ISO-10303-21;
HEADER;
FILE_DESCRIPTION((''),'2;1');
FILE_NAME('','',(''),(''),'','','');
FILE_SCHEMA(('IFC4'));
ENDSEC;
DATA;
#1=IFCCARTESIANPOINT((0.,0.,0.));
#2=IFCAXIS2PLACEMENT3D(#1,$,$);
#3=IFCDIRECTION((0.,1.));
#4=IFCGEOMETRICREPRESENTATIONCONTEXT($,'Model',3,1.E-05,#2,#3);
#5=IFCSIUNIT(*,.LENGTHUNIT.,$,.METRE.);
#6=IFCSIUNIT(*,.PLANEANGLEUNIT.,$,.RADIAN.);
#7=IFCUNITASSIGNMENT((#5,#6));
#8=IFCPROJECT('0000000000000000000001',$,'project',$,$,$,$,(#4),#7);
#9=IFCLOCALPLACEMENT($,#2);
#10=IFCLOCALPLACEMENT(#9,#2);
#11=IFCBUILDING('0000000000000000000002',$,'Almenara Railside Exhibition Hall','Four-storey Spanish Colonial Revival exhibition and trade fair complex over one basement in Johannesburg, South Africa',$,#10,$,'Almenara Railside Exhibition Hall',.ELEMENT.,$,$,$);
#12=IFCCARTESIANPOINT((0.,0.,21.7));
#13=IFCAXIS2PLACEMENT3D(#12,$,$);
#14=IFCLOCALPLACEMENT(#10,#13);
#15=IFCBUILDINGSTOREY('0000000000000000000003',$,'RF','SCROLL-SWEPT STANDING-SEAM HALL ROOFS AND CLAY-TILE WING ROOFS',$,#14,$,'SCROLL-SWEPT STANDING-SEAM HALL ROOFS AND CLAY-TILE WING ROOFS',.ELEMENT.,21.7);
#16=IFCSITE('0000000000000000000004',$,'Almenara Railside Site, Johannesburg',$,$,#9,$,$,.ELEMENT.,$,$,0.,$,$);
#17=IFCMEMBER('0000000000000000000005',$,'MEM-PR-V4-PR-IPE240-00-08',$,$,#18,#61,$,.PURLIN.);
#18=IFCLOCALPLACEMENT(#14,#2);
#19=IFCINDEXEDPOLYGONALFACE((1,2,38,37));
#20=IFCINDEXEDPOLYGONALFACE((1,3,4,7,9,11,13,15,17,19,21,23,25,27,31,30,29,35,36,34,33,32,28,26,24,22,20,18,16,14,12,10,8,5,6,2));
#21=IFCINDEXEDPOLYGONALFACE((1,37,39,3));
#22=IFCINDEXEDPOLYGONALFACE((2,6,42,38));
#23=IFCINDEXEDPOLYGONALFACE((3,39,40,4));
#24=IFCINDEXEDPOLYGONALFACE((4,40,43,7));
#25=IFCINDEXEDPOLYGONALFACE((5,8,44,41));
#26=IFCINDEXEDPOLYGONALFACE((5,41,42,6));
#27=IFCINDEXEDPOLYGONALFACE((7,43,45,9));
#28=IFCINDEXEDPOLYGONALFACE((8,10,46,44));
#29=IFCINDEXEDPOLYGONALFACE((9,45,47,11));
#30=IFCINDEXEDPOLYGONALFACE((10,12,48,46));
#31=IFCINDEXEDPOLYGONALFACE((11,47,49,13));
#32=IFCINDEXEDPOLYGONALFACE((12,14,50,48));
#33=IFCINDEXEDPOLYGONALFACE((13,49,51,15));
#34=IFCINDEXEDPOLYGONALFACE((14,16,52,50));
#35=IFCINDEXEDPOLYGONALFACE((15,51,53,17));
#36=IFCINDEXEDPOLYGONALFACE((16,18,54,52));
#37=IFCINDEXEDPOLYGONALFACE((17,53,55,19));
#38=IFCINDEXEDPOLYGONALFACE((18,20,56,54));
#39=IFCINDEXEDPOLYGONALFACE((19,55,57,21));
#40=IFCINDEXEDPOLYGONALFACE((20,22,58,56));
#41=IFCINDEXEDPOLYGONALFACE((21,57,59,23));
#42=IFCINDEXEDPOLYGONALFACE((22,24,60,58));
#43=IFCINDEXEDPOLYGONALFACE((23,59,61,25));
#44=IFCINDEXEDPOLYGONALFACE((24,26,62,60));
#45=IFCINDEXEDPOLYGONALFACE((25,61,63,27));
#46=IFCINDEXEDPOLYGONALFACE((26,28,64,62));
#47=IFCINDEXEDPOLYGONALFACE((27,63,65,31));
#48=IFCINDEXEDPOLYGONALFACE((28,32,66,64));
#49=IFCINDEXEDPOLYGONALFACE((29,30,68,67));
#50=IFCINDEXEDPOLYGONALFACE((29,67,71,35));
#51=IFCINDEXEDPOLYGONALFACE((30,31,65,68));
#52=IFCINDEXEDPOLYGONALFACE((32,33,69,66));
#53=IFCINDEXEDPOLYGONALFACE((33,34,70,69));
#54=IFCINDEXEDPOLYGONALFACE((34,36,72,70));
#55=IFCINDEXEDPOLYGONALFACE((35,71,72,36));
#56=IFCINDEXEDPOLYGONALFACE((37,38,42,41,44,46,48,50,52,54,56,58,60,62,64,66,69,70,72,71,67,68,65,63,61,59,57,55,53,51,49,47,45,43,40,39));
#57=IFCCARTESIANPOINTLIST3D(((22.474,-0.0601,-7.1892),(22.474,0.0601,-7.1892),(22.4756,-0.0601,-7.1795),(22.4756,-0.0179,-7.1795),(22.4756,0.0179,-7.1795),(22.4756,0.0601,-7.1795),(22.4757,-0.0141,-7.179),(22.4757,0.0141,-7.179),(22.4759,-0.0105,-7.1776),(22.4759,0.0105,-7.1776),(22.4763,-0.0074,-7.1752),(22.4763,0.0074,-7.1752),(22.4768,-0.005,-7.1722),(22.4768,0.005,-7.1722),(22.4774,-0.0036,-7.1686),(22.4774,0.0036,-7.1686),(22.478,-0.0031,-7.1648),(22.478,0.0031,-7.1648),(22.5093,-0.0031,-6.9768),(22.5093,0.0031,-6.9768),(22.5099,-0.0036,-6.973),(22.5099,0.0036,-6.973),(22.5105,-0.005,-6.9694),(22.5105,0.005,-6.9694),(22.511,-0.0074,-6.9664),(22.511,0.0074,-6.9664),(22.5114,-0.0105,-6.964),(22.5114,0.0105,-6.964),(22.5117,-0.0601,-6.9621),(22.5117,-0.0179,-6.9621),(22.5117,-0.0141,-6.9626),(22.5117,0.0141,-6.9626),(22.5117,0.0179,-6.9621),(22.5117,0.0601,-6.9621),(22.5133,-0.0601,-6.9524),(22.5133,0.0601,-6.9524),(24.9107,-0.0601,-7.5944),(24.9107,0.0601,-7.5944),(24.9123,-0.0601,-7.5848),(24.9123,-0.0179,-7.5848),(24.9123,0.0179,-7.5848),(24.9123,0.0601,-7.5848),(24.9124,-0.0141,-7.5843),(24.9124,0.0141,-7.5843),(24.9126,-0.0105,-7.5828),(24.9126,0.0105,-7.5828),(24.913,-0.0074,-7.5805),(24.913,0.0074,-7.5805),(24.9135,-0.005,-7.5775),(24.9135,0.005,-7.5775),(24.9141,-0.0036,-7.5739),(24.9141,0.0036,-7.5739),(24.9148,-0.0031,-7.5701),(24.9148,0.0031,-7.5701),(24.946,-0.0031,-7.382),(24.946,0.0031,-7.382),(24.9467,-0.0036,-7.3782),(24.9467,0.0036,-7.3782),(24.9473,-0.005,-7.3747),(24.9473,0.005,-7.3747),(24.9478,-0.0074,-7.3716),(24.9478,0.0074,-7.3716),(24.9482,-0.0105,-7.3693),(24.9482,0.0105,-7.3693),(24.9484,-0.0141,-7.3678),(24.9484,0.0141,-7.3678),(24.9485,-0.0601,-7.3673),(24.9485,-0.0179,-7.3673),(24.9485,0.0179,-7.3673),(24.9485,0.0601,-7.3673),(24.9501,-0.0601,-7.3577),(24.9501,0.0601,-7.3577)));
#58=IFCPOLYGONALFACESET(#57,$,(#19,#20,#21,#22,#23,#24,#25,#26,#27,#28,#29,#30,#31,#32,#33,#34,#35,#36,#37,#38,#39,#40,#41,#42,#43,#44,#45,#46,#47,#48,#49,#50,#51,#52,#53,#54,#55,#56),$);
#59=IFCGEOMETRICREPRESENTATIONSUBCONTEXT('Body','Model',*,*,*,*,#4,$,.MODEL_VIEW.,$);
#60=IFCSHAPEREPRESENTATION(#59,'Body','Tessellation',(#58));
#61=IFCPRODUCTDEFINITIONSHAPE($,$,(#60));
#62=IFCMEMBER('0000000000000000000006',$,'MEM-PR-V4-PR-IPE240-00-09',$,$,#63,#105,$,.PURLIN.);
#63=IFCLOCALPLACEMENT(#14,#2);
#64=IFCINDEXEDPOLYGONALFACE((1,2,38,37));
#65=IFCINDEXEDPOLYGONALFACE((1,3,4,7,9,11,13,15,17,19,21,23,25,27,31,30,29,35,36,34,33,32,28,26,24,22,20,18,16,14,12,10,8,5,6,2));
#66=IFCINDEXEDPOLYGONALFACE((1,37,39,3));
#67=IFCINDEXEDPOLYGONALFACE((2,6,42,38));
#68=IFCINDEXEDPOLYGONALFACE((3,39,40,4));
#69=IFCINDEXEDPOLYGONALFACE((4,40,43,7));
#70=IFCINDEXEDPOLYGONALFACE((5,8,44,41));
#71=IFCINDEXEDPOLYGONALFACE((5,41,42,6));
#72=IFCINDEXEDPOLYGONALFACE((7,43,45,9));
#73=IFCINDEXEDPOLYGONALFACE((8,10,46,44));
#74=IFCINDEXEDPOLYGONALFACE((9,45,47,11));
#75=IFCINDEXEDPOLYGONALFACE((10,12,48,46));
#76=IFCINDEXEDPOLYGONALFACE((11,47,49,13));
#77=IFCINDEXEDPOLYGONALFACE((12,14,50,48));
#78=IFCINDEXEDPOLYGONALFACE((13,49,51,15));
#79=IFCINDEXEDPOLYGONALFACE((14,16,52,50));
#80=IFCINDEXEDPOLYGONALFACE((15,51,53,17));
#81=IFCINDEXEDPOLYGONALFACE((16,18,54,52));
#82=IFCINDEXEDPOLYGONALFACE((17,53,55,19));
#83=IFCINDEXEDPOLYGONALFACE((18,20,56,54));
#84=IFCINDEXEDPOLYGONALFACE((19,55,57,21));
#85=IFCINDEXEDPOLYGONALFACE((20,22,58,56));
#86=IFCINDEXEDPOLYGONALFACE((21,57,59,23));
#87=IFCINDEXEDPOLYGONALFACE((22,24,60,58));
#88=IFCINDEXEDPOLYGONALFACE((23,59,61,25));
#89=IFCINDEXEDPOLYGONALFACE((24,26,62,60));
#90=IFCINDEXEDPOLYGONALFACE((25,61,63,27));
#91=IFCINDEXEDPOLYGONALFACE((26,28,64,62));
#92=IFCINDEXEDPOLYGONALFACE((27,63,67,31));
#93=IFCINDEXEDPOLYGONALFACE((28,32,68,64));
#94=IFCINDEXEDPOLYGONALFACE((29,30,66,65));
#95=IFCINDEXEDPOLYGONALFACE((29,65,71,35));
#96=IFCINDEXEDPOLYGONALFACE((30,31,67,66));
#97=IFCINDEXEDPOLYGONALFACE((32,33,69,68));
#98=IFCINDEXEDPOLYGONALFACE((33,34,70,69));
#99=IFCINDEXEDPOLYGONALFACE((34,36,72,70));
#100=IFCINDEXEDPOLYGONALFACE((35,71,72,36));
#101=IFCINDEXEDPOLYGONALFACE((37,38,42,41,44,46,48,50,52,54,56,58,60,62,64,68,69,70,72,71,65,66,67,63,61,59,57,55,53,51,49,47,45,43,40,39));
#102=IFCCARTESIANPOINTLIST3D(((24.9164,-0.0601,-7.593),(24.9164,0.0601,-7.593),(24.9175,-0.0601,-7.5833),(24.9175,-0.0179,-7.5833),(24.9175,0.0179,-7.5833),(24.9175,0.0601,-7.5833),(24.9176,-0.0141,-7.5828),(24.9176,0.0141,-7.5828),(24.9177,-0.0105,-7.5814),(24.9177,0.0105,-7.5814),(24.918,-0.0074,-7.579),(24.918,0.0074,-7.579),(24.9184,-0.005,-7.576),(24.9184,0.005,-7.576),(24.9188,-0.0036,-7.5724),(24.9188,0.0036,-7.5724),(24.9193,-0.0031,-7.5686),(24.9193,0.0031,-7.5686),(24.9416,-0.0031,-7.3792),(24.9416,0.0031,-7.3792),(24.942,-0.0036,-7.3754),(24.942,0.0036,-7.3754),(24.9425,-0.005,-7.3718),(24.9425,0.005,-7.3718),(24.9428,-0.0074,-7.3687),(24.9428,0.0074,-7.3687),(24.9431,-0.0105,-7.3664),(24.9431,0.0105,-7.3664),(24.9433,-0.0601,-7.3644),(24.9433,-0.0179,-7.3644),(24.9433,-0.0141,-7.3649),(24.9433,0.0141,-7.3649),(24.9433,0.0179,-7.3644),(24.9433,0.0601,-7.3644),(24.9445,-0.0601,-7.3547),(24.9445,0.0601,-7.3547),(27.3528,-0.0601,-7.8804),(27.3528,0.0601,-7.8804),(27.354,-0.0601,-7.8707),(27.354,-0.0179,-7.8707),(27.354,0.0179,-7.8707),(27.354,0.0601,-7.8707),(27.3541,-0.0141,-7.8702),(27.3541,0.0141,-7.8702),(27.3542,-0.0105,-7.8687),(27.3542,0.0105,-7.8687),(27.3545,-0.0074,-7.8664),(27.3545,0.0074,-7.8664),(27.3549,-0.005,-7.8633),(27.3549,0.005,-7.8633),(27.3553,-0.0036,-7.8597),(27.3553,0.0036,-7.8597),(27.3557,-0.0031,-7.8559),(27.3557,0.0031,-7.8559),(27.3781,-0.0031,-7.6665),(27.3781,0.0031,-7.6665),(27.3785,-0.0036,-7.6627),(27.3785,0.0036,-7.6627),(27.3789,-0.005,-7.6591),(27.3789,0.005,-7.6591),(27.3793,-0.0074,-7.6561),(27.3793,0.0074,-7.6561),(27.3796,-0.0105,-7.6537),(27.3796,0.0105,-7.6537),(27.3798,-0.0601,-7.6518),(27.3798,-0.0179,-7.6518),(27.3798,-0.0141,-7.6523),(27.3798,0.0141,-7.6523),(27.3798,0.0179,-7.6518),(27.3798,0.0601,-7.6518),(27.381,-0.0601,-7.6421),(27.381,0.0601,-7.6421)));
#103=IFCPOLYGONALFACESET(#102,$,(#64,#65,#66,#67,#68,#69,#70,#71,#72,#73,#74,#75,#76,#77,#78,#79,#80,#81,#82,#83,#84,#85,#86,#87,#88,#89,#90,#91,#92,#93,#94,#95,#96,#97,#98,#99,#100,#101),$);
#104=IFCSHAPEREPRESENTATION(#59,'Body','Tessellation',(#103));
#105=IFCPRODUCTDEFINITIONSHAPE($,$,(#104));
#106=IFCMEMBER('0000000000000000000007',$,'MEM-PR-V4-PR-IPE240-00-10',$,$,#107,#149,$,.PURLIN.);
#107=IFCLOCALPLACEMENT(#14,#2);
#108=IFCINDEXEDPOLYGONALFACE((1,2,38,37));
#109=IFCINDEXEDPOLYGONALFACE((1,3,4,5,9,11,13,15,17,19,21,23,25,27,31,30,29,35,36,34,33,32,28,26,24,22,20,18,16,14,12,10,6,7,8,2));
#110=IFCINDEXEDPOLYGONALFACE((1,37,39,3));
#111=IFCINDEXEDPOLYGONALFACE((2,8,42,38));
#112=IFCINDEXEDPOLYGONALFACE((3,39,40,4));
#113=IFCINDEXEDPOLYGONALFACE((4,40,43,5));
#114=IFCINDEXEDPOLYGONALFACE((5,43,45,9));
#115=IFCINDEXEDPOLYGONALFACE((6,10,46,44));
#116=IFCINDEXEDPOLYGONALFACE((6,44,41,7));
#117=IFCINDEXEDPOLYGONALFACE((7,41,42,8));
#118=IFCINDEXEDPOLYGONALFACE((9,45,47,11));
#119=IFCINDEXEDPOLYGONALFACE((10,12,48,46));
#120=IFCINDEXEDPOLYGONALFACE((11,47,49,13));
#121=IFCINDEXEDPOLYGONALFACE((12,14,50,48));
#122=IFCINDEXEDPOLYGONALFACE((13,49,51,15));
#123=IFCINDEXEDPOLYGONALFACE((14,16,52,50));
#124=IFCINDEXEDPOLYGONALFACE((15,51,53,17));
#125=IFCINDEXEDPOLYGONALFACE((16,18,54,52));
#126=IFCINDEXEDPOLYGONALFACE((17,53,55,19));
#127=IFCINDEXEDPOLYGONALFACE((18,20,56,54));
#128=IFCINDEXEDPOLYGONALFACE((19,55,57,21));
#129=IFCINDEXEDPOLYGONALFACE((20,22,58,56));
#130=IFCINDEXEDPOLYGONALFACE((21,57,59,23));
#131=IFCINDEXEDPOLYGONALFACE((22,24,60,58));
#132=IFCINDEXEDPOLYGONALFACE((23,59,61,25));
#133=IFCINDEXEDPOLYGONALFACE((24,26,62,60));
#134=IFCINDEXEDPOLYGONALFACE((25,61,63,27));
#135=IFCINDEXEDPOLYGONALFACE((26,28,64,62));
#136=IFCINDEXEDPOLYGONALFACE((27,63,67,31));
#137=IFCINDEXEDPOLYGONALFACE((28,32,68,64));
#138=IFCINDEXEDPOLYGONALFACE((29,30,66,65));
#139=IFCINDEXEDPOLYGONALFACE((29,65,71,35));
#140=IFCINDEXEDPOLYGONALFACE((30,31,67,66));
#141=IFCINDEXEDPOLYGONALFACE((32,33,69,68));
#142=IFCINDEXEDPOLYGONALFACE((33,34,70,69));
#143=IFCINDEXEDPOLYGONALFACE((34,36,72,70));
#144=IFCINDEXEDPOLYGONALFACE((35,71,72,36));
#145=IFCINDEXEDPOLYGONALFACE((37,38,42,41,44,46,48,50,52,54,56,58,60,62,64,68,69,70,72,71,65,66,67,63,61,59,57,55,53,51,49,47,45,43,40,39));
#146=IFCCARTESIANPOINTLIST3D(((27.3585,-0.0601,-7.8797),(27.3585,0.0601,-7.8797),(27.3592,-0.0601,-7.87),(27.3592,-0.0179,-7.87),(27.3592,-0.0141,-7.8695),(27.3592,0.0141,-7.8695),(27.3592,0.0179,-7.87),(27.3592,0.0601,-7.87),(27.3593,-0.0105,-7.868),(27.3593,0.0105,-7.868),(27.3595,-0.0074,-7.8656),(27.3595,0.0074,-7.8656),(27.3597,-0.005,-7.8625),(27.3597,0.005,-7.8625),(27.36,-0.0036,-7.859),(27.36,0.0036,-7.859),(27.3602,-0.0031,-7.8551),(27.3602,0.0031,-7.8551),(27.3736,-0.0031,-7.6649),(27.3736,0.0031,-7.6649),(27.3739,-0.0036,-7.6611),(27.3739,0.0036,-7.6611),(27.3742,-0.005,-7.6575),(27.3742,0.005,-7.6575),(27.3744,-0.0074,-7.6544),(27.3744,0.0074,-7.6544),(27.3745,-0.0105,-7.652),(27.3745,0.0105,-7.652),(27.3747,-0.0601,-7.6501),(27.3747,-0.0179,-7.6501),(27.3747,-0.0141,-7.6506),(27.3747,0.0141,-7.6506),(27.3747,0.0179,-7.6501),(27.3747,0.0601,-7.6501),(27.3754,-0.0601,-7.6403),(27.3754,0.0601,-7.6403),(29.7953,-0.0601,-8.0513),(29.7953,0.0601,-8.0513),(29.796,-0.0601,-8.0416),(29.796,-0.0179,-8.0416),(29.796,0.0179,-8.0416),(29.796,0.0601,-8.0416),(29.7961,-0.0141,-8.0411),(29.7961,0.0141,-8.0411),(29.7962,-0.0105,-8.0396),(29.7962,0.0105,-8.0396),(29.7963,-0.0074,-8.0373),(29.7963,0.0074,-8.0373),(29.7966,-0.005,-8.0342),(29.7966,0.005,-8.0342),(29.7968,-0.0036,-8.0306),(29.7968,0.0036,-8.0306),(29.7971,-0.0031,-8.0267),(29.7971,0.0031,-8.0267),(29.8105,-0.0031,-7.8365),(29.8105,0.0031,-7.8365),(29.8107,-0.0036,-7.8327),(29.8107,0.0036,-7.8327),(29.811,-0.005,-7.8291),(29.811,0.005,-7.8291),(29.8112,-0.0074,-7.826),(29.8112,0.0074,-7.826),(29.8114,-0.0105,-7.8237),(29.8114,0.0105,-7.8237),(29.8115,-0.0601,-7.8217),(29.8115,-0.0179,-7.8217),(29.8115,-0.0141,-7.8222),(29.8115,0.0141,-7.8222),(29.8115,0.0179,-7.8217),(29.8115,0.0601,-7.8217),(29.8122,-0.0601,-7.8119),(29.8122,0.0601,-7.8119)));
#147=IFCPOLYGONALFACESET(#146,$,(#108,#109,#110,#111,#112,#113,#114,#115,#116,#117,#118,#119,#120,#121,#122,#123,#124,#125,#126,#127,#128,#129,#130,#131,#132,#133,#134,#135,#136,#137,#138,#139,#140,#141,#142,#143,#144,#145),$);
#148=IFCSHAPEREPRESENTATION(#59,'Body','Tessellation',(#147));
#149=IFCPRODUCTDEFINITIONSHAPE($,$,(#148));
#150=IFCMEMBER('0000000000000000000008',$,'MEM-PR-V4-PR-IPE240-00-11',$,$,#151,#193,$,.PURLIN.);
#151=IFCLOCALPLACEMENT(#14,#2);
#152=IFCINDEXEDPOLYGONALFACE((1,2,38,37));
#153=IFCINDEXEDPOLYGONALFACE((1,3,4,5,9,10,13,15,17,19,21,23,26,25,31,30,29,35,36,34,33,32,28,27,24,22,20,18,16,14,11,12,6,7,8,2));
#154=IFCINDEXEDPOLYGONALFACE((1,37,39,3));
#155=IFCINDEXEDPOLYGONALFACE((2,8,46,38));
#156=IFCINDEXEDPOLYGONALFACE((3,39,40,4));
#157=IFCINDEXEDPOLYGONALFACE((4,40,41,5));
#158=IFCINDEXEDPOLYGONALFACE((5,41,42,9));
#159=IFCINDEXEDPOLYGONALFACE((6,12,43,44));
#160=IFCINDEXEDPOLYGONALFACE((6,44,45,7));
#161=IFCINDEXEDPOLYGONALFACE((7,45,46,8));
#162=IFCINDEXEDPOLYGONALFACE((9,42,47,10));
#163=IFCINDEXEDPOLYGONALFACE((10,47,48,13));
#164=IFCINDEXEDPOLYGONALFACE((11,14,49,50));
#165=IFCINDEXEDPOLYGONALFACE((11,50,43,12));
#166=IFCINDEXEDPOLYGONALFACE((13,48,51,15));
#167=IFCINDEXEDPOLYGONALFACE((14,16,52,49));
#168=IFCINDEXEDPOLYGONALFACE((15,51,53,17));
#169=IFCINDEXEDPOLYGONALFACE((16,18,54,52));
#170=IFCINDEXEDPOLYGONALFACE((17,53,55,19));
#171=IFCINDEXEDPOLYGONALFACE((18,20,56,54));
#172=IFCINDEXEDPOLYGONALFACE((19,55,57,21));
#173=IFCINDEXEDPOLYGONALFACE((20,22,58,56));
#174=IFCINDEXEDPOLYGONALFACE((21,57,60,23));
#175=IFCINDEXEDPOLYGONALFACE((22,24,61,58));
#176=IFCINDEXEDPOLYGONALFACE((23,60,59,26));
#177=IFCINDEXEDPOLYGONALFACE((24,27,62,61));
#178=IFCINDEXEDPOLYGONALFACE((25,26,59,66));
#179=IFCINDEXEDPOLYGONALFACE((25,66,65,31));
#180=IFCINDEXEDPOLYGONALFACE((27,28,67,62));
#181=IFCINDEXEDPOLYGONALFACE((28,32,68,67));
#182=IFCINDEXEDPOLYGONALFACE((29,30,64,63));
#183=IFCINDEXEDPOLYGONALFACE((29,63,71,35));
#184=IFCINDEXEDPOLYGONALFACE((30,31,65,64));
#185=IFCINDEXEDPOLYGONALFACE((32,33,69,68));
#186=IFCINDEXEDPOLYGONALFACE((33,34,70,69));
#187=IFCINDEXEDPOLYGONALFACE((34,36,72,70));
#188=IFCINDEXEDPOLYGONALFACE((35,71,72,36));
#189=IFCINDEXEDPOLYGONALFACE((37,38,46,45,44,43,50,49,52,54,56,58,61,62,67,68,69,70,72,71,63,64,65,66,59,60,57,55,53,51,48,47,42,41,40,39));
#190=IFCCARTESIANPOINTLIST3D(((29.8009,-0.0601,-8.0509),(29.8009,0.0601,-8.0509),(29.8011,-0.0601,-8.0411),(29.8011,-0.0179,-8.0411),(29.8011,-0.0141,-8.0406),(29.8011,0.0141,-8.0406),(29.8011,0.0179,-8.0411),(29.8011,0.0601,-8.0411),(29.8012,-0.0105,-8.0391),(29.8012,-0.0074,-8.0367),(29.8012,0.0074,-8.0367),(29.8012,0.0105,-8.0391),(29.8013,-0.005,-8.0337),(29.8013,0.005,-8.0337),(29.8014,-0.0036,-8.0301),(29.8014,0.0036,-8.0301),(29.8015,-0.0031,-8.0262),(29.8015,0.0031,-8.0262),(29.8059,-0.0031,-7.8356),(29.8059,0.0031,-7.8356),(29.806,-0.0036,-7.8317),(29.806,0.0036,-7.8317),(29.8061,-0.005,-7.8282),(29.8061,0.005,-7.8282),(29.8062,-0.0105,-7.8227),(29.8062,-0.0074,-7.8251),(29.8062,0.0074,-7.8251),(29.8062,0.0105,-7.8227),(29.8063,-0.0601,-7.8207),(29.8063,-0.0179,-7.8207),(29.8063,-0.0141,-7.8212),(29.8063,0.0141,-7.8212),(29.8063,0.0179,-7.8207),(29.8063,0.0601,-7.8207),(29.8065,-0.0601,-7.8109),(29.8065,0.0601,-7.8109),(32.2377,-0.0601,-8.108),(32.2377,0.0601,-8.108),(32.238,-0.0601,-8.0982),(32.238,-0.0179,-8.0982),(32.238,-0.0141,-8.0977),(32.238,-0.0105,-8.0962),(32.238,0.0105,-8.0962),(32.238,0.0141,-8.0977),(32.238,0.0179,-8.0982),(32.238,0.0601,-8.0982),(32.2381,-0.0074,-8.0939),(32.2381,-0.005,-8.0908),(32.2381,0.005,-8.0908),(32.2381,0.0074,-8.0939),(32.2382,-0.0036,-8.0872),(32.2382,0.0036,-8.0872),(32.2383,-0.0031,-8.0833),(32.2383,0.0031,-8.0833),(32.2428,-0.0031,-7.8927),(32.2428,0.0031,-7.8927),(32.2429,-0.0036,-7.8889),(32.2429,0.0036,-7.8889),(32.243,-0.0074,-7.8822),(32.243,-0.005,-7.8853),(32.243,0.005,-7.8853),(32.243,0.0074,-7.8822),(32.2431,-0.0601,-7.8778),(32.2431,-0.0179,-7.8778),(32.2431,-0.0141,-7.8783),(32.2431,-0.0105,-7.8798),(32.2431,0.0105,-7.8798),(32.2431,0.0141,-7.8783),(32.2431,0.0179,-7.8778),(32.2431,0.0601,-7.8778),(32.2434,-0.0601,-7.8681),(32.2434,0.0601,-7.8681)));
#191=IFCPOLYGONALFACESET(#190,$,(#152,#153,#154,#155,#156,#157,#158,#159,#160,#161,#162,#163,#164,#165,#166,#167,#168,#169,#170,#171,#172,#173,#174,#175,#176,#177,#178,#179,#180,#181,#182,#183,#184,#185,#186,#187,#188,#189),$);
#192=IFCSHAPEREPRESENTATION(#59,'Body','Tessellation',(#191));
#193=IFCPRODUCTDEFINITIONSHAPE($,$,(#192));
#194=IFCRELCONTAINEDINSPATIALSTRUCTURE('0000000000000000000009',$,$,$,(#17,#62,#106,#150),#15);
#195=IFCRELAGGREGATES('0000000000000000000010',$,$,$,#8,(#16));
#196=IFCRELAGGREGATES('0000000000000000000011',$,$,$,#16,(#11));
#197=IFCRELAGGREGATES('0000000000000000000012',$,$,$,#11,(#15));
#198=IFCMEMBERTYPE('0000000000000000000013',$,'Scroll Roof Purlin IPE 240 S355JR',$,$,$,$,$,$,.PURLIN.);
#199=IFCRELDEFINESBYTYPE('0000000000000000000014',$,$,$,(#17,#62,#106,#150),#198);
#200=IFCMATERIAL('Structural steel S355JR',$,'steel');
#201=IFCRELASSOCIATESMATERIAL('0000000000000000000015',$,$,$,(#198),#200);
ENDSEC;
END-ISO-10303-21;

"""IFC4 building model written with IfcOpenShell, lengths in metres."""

from ifc_helpers import new_model, si_unit, direction, frame, origin, origin_2d, place, context, subcontext, project, spatial, i_section, extrude, material, material_profile, profile_set, type_object, element, save


model = new_model("IFC4")

# Units and contexts
model_context = context("Model", 3, precision=1e-05, world=origin(), true_north=direction((0.0, 1.0)))
body_context = subcontext(model_context, "Body", "Model", "MODEL_VIEW")
ifc_project = project(units=[si_unit("LENGTHUNIT", "METRE"), si_unit("PLANEANGLEUNIT", "RADIAN")], contexts=[model_context])

# Site, building, storey
site_placement = place(None, origin())
site = spatial("IfcSite", under=ifc_project, at=site_placement, Name="Almenara Railside Site, Johannesburg", CompositionType="ELEMENT", RefElevation=0.0)
building_placement = place(site_placement, origin())
building = spatial("IfcBuilding", under=site, at=building_placement, Name="Almenara Railside Exhibition Hall", Description="Four-storey Spanish Colonial Revival exhibition and trade fair complex over one basement in Johannesburg, South Africa", LongName="Almenara Railside Exhibition Hall", CompositionType="ELEMENT")
storey_placement = place(building_placement, frame((0.0, 0.0, 21.7)))
storey = spatial("IfcBuildingStorey", under=building, at=storey_placement, Name="RF", Description="SCROLL-SWEPT STANDING-SEAM HALL ROOFS AND CLAY-TILE WING ROOFS", LongName="SCROLL-SWEPT STANDING-SEAM HALL ROOFS AND CLAY-TILE WING ROOFS", CompositionType="ELEMENT", Elevation=21.7)

# Members
ifc_material_1 = material(Name="Structural steel S355JR", Category="steel")
ifc_material_profile_1 = material_profile(ifc_material_1, i_section(OverallWidth=0.1201, OverallDepth=0.24, WebThickness=0.0061, FlangeThickness=0.0098, FilletRadius=0.0149, at=origin_2d()), Name="IPE 240")
ifc_profile_set_1 = profile_set([ifc_material_profile_1], Name="Structural steel S355JR")
member_type_1 = type_object("IfcMemberType", Name="Scroll Roof Purlin IPE 240 S355JR", PredefinedType="PURLIN", material=ifc_profile_set_1)
member_1_placement = place(storey_placement, frame((22.4937, 0.0, -7.0708), z_axis=(0.98645, 0.0, -0.164062), x_axis=(0.0, 1.0, 0.0)))
element("IfcMember", 1, at=member_1_placement, inside=storey, type_object=member_type_1, Name="MEM-PR-V4-PR-IPE240-00-08", PredefinedType="PURLIN", context=body_context, shape_type="SweptSolid", body=[
    extrude(i_section(OverallWidth=0.1201, OverallDepth=0.24, WebThickness=0.0061, FlangeThickness=0.0098, FilletRadius=0.0149, at=origin_2d()), origin(), (0.0, 0.0, 1.0), 2.4702),
])
member_2_placement = place(storey_placement, frame((24.9304, 0.0, -7.4739), z_axis=(0.993117, 0.0, -0.117124), x_axis=(0.0, 1.0, 0.0)))
element("IfcMember", 2, at=member_2_placement, inside=storey, type_object=member_type_1, Name="MEM-PR-V4-PR-IPE240-00-09", PredefinedType="PURLIN", context=body_context, shape_type="SweptSolid", body=[
    extrude(i_section(OverallWidth=0.1201, OverallDepth=0.24, WebThickness=0.0061, FlangeThickness=0.0098, FilletRadius=0.0149, at=origin_2d()), origin(), (0.0, 0.0, 1.0), 2.4534),
])
member_3_placement = place(storey_placement, frame((27.3669, 0.0, -7.76), z_axis=(0.997529, 0.0, -0.07026), x_axis=(0.0, 1.0, 0.0)))
element("IfcMember", 3, at=member_3_placement, inside=storey, type_object=member_type_1, Name="MEM-PR-V4-PR-IPE240-00-10", PredefinedType="PURLIN", context=body_context, shape_type="SweptSolid", body=[
    extrude(i_section(OverallWidth=0.1201, OverallDepth=0.24, WebThickness=0.0061, FlangeThickness=0.0098, FilletRadius=0.0149, at=origin_2d()), origin(), (0.0, 0.0, 1.0), 2.4429),
])
member_4_placement = place(storey_placement, frame((29.8037, 0.0, -7.9309), z_axis=(0.999725, 0.0, -0.023438), x_axis=(0.0, 1.0, 0.0)))
element("IfcMember", 4, at=member_4_placement, inside=storey, type_object=member_type_1, Name="MEM-PR-V4-PR-IPE240-00-11", PredefinedType="PURLIN", context=body_context, shape_type="SweptSolid", body=[
    extrude(i_section(OverallWidth=0.1201, OverallDepth=0.24, WebThickness=0.0061, FlangeThickness=0.0098, FilletRadius=0.0149, at=origin_2d()), origin(), (0.0, 0.0, 1.0), 2.4375),
])

save(model, "model.ifc")
